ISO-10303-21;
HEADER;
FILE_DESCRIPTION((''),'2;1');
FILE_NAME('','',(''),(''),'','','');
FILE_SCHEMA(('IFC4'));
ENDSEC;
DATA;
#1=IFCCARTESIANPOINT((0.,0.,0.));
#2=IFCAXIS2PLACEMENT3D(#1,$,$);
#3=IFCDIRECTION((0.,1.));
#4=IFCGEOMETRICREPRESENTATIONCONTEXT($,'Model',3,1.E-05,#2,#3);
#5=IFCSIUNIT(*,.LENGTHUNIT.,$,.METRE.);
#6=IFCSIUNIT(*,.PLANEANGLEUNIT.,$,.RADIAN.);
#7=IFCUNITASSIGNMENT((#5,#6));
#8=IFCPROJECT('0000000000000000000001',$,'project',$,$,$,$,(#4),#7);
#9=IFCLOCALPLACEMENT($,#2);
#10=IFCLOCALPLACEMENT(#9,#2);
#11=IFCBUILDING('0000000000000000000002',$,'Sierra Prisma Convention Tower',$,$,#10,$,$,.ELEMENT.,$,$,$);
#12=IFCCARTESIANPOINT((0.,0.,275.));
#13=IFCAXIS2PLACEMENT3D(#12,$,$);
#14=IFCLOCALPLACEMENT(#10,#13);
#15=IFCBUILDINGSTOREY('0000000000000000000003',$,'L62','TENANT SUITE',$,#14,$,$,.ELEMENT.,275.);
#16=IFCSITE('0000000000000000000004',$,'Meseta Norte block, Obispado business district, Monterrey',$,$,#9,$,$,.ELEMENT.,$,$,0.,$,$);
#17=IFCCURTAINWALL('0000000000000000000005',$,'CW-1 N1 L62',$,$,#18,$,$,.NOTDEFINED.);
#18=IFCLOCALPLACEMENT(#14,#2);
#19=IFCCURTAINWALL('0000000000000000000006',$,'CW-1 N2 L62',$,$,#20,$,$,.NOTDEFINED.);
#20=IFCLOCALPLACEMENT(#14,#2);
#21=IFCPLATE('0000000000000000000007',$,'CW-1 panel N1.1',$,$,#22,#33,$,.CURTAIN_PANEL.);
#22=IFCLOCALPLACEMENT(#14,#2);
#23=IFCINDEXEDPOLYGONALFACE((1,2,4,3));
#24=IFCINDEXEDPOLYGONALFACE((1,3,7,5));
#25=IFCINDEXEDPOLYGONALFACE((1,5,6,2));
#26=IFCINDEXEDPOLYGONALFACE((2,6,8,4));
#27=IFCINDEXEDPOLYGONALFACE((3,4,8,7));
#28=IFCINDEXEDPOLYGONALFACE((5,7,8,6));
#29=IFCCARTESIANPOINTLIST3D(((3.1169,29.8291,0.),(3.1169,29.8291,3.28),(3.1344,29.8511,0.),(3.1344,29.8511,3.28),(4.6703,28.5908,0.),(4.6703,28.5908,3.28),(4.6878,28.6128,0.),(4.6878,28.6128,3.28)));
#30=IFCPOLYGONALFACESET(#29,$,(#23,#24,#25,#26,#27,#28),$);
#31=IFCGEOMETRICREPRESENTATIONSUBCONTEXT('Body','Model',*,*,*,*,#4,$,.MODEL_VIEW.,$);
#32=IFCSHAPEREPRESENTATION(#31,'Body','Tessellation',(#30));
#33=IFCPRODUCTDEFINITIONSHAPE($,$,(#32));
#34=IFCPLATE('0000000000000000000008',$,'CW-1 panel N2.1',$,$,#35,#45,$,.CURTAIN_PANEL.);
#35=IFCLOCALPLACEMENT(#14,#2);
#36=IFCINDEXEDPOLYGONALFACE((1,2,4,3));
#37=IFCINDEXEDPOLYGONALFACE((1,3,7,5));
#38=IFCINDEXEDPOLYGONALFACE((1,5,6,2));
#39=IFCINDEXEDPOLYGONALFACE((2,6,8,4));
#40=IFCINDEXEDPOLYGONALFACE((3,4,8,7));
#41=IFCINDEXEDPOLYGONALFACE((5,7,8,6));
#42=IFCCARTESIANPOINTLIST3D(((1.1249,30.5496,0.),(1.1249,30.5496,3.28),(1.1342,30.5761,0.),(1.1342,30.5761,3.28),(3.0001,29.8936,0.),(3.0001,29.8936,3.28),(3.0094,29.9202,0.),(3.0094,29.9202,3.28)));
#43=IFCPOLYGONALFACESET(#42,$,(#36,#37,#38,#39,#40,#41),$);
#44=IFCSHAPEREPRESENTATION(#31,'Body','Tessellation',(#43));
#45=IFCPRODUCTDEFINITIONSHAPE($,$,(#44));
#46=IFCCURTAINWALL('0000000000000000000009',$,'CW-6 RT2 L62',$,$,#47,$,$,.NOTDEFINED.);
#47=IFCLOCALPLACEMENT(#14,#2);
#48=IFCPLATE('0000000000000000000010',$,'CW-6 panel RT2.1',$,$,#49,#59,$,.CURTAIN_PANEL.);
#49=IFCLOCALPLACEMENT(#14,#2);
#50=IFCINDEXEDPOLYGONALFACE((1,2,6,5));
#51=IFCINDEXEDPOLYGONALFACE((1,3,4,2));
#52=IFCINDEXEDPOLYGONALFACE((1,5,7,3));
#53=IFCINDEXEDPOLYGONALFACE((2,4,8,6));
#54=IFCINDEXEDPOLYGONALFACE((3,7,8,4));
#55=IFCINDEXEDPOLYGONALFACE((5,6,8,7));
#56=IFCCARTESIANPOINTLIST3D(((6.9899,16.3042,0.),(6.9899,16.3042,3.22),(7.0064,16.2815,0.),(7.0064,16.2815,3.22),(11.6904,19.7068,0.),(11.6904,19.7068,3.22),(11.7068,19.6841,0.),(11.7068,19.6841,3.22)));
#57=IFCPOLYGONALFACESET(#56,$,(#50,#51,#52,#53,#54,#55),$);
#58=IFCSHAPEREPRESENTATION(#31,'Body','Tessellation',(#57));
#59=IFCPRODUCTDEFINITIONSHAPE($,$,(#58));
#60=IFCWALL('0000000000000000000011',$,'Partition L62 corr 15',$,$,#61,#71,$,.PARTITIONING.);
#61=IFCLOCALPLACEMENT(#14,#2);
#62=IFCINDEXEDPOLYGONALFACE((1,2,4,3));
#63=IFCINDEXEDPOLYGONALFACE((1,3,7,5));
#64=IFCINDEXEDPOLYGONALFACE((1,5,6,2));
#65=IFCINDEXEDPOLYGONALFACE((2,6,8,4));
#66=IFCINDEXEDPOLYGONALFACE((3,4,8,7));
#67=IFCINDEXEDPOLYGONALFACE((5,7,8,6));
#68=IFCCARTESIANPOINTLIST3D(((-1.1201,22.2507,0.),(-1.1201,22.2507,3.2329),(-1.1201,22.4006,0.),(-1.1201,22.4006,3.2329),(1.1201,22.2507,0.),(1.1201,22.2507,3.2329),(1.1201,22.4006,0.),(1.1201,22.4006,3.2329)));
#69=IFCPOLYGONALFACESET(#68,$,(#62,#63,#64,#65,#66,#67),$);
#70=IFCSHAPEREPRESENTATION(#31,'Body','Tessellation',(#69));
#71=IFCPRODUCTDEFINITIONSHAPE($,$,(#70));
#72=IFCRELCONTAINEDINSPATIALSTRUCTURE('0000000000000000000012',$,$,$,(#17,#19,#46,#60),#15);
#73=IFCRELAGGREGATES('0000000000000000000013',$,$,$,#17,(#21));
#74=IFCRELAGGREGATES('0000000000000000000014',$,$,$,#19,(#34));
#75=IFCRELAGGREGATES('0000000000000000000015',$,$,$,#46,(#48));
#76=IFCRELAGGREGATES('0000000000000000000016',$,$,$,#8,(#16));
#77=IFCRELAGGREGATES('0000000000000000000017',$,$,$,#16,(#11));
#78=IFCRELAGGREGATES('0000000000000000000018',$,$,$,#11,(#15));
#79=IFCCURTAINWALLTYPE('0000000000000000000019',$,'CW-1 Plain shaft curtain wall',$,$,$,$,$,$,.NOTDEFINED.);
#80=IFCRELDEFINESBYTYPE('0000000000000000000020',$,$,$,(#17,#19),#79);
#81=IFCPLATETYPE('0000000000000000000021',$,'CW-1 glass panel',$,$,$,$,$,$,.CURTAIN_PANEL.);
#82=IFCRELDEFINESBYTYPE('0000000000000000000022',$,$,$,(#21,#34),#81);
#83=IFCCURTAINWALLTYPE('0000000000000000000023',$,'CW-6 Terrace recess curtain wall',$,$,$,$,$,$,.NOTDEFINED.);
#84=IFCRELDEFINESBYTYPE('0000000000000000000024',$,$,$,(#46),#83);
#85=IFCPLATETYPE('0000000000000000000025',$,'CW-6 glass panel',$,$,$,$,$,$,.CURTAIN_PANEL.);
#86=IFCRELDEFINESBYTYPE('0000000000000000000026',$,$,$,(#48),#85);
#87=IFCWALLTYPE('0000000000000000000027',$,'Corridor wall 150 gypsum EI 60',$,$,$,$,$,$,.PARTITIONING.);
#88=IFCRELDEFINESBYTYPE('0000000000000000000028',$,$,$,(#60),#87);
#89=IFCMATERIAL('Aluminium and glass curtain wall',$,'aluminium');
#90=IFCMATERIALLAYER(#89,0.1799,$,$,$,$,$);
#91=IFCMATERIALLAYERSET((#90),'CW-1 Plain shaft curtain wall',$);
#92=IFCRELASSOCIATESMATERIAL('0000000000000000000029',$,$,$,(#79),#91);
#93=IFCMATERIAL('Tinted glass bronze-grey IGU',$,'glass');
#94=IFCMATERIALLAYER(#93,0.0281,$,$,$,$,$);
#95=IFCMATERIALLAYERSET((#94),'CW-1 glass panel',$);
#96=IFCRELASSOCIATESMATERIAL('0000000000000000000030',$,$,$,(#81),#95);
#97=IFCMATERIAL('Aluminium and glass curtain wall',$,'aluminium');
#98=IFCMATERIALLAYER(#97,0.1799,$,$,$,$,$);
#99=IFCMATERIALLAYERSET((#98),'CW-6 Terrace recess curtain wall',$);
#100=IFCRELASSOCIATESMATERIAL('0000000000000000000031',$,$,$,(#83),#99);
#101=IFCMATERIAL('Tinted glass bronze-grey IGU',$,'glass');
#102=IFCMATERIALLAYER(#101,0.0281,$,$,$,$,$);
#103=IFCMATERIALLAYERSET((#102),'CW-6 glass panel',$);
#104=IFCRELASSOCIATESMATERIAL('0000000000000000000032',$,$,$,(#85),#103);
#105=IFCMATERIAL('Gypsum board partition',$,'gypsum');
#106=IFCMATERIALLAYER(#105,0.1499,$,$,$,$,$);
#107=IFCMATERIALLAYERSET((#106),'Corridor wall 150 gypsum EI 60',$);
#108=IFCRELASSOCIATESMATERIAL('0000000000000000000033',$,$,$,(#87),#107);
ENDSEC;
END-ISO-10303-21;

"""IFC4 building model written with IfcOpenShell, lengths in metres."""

from ifc_helpers import new_model, si_unit, direction, frame, frame_2d, origin, origin_2d, place, context, subcontext, project, spatial, rectangle, extrude, material, layer, layer_set, type_object, element, aggregate, save


model = new_model("IFC4")

# Units and contexts
model_context = context("Model", 3, precision=1e-05, world=origin(), true_north=direction((0.0, 1.0)))
body_context = subcontext(model_context, "Body", "Model", "MODEL_VIEW")
ifc_project = project(units=[si_unit("LENGTHUNIT", "METRE"), si_unit("PLANEANGLEUNIT", "RADIAN")], contexts=[model_context])

# Site, building, storey
site_placement = place(None, origin())
site = spatial("IfcSite", under=ifc_project, at=site_placement, Name="Meseta Norte block, Obispado business district, Monterrey", CompositionType="ELEMENT", RefElevation=0.0)
building_placement = place(site_placement, origin())
building = spatial("IfcBuilding", under=site, at=building_placement, Name="Sierra Prisma Convention Tower", CompositionType="ELEMENT")
storey_placement = place(building_placement, frame((0.0, 0.0, 275.0)))
storey = spatial("IfcBuildingStorey", under=building, at=storey_placement, Name="L62", Description="TENANT SUITE", CompositionType="ELEMENT", Elevation=275.0)

# Shared definitions
ifc_material_1 = material(Name="Aluminium and glass curtain wall", Category="aluminium")
ifc_layer_1 = layer(ifc_material_1, 0.1799)
ifc_layer_set_1 = layer_set([ifc_layer_1], Name="CW-1 Plain shaft curtain wall")
curtain_wall_type_1 = type_object("IfcCurtainWallType", Name="CW-1 Plain shaft curtain wall", PredefinedType="NOTDEFINED", material=ifc_layer_set_1)

# Curtain walls
curtain_wall_1_placement = place(storey_placement, origin())
curtain_wall_1 = element("IfcCurtainWall", 1, at=curtain_wall_1_placement, inside=storey, type_object=curtain_wall_type_1, Name="CW-1 N1 L62", PredefinedType="NOTDEFINED")
curtain_wall_2_placement = place(storey_placement, origin())
curtain_wall_2 = element("IfcCurtainWall", 2, at=curtain_wall_2_placement, inside=storey, type_object=curtain_wall_type_1, Name="CW-1 N2 L62", PredefinedType="NOTDEFINED")

# Plates
ifc_material_2 = material(Name="Tinted glass bronze-grey IGU", Category="glass")
ifc_layer_2 = layer(ifc_material_2, 0.0281)
ifc_layer_set_2 = layer_set([ifc_layer_2], Name="CW-1 glass panel")
plate_type_1 = type_object("IfcPlateType", Name="CW-1 glass panel", PredefinedType="CURTAIN_PANEL", material=ifc_layer_set_2)
plate_1_placement = place(storey_placement, frame((3.9023, 29.2209, 0.0), z_axis=(0.0, 0.0, 1.0), x_axis=(-0.781962, 0.623326, 0.0)))
plate_1 = element("IfcPlate", 3, at=plate_1_placement, type_object=plate_type_1, Name="CW-1 panel N1.1", PredefinedType="CURTAIN_PANEL", context=body_context, shape_type="SweptSolid", body=[
    extrude(rectangle(XDim=1.9866, YDim=0.0281, at=origin_2d()), origin(), (0.0, 0.0, 1.0), 3.28),
])
aggregate(curtain_wall_1, [plate_1])
plate_2_placement = place(storey_placement, frame((2.0671, 30.2349, 0.0), z_axis=(0.0, 0.0, 1.0), x_axis=(-0.943918, 0.33018, 0.0)))
plate_2 = element("IfcPlate", 4, at=plate_2_placement, type_object=plate_type_1, Name="CW-1 panel N2.1", PredefinedType="CURTAIN_PANEL", context=body_context, shape_type="SweptSolid", body=[
    extrude(rectangle(XDim=1.9866, YDim=0.0281, at=origin_2d()), origin(), (0.0, 0.0, 1.0), 3.28),
])
aggregate(curtain_wall_2, [plate_2])

# Curtain wall, plate
ifc_material_3 = material(Name="Aluminium and glass curtain wall", Category="aluminium")
ifc_layer_3 = layer(ifc_material_3, 0.1799)
ifc_layer_set_3 = layer_set([ifc_layer_3], Name="CW-6 Terrace recess curtain wall")
curtain_wall_type_2 = type_object("IfcCurtainWallType", Name="CW-6 Terrace recess curtain wall", PredefinedType="NOTDEFINED", material=ifc_layer_set_3)
curtain_wall_3_placement = place(storey_placement, origin())
curtain_wall_3 = element("IfcCurtainWall", 5, at=curtain_wall_3_placement, inside=storey, type_object=curtain_wall_type_2, Name="CW-6 RT2 L62", PredefinedType="NOTDEFINED")
ifc_material_4 = material(Name="Tinted glass bronze-grey IGU", Category="glass")
ifc_layer_4 = layer(ifc_material_4, 0.0281)
ifc_layer_set_4 = layer_set([ifc_layer_4], Name="CW-6 glass panel")
plate_type_2 = type_object("IfcPlateType", Name="CW-6 glass panel", PredefinedType="CURTAIN_PANEL", material=ifc_layer_set_4)
plate_3_placement = place(storey_placement, frame((9.3484, 17.9941, 0.0), z_axis=(0.0, 0.0, 1.0), x_axis=(0.810038, 0.586377, 0.0)))
plate_3 = element("IfcPlate", 6, at=plate_3_placement, type_object=plate_type_2, Name="CW-6 panel RT2.1", PredefinedType="CURTAIN_PANEL", context=body_context, shape_type="SweptSolid", body=[
    extrude(rectangle(XDim=5.8027, YDim=0.0281, at=origin_2d()), origin(), (0.0, 0.0, 1.0), 3.22),
])
aggregate(curtain_wall_3, [plate_3])

# Wall
ifc_material_5 = material(Name="Gypsum board partition", Category="gypsum")
ifc_layer_5 = layer(ifc_material_5, 0.1499)
ifc_layer_set_5 = layer_set([ifc_layer_5], Name="Corridor wall 150 gypsum EI 60")
wall_type = type_object("IfcWallType", Name="Corridor wall 150 gypsum EI 60", PredefinedType="PARTITIONING", material=ifc_layer_set_5)
wall_placement = place(storey_placement, frame((1.1201, 22.3257, 0.0), z_axis=(0.0, 0.0, 1.0), x_axis=(-1.0, 0.0, 0.0)))
element("IfcWall", 7, at=wall_placement, inside=storey, type_object=wall_type, Name="Partition L62 corr 15", PredefinedType="PARTITIONING", context=body_context, shape_type="SweptSolid", body=[
    extrude(rectangle(XDim=2.2402, YDim=0.1499, at=frame_2d((1.1201, 0.0))), origin(), (0.0, 0.0, 1.0), 3.2329),
])

save(model, "model.ifc")
